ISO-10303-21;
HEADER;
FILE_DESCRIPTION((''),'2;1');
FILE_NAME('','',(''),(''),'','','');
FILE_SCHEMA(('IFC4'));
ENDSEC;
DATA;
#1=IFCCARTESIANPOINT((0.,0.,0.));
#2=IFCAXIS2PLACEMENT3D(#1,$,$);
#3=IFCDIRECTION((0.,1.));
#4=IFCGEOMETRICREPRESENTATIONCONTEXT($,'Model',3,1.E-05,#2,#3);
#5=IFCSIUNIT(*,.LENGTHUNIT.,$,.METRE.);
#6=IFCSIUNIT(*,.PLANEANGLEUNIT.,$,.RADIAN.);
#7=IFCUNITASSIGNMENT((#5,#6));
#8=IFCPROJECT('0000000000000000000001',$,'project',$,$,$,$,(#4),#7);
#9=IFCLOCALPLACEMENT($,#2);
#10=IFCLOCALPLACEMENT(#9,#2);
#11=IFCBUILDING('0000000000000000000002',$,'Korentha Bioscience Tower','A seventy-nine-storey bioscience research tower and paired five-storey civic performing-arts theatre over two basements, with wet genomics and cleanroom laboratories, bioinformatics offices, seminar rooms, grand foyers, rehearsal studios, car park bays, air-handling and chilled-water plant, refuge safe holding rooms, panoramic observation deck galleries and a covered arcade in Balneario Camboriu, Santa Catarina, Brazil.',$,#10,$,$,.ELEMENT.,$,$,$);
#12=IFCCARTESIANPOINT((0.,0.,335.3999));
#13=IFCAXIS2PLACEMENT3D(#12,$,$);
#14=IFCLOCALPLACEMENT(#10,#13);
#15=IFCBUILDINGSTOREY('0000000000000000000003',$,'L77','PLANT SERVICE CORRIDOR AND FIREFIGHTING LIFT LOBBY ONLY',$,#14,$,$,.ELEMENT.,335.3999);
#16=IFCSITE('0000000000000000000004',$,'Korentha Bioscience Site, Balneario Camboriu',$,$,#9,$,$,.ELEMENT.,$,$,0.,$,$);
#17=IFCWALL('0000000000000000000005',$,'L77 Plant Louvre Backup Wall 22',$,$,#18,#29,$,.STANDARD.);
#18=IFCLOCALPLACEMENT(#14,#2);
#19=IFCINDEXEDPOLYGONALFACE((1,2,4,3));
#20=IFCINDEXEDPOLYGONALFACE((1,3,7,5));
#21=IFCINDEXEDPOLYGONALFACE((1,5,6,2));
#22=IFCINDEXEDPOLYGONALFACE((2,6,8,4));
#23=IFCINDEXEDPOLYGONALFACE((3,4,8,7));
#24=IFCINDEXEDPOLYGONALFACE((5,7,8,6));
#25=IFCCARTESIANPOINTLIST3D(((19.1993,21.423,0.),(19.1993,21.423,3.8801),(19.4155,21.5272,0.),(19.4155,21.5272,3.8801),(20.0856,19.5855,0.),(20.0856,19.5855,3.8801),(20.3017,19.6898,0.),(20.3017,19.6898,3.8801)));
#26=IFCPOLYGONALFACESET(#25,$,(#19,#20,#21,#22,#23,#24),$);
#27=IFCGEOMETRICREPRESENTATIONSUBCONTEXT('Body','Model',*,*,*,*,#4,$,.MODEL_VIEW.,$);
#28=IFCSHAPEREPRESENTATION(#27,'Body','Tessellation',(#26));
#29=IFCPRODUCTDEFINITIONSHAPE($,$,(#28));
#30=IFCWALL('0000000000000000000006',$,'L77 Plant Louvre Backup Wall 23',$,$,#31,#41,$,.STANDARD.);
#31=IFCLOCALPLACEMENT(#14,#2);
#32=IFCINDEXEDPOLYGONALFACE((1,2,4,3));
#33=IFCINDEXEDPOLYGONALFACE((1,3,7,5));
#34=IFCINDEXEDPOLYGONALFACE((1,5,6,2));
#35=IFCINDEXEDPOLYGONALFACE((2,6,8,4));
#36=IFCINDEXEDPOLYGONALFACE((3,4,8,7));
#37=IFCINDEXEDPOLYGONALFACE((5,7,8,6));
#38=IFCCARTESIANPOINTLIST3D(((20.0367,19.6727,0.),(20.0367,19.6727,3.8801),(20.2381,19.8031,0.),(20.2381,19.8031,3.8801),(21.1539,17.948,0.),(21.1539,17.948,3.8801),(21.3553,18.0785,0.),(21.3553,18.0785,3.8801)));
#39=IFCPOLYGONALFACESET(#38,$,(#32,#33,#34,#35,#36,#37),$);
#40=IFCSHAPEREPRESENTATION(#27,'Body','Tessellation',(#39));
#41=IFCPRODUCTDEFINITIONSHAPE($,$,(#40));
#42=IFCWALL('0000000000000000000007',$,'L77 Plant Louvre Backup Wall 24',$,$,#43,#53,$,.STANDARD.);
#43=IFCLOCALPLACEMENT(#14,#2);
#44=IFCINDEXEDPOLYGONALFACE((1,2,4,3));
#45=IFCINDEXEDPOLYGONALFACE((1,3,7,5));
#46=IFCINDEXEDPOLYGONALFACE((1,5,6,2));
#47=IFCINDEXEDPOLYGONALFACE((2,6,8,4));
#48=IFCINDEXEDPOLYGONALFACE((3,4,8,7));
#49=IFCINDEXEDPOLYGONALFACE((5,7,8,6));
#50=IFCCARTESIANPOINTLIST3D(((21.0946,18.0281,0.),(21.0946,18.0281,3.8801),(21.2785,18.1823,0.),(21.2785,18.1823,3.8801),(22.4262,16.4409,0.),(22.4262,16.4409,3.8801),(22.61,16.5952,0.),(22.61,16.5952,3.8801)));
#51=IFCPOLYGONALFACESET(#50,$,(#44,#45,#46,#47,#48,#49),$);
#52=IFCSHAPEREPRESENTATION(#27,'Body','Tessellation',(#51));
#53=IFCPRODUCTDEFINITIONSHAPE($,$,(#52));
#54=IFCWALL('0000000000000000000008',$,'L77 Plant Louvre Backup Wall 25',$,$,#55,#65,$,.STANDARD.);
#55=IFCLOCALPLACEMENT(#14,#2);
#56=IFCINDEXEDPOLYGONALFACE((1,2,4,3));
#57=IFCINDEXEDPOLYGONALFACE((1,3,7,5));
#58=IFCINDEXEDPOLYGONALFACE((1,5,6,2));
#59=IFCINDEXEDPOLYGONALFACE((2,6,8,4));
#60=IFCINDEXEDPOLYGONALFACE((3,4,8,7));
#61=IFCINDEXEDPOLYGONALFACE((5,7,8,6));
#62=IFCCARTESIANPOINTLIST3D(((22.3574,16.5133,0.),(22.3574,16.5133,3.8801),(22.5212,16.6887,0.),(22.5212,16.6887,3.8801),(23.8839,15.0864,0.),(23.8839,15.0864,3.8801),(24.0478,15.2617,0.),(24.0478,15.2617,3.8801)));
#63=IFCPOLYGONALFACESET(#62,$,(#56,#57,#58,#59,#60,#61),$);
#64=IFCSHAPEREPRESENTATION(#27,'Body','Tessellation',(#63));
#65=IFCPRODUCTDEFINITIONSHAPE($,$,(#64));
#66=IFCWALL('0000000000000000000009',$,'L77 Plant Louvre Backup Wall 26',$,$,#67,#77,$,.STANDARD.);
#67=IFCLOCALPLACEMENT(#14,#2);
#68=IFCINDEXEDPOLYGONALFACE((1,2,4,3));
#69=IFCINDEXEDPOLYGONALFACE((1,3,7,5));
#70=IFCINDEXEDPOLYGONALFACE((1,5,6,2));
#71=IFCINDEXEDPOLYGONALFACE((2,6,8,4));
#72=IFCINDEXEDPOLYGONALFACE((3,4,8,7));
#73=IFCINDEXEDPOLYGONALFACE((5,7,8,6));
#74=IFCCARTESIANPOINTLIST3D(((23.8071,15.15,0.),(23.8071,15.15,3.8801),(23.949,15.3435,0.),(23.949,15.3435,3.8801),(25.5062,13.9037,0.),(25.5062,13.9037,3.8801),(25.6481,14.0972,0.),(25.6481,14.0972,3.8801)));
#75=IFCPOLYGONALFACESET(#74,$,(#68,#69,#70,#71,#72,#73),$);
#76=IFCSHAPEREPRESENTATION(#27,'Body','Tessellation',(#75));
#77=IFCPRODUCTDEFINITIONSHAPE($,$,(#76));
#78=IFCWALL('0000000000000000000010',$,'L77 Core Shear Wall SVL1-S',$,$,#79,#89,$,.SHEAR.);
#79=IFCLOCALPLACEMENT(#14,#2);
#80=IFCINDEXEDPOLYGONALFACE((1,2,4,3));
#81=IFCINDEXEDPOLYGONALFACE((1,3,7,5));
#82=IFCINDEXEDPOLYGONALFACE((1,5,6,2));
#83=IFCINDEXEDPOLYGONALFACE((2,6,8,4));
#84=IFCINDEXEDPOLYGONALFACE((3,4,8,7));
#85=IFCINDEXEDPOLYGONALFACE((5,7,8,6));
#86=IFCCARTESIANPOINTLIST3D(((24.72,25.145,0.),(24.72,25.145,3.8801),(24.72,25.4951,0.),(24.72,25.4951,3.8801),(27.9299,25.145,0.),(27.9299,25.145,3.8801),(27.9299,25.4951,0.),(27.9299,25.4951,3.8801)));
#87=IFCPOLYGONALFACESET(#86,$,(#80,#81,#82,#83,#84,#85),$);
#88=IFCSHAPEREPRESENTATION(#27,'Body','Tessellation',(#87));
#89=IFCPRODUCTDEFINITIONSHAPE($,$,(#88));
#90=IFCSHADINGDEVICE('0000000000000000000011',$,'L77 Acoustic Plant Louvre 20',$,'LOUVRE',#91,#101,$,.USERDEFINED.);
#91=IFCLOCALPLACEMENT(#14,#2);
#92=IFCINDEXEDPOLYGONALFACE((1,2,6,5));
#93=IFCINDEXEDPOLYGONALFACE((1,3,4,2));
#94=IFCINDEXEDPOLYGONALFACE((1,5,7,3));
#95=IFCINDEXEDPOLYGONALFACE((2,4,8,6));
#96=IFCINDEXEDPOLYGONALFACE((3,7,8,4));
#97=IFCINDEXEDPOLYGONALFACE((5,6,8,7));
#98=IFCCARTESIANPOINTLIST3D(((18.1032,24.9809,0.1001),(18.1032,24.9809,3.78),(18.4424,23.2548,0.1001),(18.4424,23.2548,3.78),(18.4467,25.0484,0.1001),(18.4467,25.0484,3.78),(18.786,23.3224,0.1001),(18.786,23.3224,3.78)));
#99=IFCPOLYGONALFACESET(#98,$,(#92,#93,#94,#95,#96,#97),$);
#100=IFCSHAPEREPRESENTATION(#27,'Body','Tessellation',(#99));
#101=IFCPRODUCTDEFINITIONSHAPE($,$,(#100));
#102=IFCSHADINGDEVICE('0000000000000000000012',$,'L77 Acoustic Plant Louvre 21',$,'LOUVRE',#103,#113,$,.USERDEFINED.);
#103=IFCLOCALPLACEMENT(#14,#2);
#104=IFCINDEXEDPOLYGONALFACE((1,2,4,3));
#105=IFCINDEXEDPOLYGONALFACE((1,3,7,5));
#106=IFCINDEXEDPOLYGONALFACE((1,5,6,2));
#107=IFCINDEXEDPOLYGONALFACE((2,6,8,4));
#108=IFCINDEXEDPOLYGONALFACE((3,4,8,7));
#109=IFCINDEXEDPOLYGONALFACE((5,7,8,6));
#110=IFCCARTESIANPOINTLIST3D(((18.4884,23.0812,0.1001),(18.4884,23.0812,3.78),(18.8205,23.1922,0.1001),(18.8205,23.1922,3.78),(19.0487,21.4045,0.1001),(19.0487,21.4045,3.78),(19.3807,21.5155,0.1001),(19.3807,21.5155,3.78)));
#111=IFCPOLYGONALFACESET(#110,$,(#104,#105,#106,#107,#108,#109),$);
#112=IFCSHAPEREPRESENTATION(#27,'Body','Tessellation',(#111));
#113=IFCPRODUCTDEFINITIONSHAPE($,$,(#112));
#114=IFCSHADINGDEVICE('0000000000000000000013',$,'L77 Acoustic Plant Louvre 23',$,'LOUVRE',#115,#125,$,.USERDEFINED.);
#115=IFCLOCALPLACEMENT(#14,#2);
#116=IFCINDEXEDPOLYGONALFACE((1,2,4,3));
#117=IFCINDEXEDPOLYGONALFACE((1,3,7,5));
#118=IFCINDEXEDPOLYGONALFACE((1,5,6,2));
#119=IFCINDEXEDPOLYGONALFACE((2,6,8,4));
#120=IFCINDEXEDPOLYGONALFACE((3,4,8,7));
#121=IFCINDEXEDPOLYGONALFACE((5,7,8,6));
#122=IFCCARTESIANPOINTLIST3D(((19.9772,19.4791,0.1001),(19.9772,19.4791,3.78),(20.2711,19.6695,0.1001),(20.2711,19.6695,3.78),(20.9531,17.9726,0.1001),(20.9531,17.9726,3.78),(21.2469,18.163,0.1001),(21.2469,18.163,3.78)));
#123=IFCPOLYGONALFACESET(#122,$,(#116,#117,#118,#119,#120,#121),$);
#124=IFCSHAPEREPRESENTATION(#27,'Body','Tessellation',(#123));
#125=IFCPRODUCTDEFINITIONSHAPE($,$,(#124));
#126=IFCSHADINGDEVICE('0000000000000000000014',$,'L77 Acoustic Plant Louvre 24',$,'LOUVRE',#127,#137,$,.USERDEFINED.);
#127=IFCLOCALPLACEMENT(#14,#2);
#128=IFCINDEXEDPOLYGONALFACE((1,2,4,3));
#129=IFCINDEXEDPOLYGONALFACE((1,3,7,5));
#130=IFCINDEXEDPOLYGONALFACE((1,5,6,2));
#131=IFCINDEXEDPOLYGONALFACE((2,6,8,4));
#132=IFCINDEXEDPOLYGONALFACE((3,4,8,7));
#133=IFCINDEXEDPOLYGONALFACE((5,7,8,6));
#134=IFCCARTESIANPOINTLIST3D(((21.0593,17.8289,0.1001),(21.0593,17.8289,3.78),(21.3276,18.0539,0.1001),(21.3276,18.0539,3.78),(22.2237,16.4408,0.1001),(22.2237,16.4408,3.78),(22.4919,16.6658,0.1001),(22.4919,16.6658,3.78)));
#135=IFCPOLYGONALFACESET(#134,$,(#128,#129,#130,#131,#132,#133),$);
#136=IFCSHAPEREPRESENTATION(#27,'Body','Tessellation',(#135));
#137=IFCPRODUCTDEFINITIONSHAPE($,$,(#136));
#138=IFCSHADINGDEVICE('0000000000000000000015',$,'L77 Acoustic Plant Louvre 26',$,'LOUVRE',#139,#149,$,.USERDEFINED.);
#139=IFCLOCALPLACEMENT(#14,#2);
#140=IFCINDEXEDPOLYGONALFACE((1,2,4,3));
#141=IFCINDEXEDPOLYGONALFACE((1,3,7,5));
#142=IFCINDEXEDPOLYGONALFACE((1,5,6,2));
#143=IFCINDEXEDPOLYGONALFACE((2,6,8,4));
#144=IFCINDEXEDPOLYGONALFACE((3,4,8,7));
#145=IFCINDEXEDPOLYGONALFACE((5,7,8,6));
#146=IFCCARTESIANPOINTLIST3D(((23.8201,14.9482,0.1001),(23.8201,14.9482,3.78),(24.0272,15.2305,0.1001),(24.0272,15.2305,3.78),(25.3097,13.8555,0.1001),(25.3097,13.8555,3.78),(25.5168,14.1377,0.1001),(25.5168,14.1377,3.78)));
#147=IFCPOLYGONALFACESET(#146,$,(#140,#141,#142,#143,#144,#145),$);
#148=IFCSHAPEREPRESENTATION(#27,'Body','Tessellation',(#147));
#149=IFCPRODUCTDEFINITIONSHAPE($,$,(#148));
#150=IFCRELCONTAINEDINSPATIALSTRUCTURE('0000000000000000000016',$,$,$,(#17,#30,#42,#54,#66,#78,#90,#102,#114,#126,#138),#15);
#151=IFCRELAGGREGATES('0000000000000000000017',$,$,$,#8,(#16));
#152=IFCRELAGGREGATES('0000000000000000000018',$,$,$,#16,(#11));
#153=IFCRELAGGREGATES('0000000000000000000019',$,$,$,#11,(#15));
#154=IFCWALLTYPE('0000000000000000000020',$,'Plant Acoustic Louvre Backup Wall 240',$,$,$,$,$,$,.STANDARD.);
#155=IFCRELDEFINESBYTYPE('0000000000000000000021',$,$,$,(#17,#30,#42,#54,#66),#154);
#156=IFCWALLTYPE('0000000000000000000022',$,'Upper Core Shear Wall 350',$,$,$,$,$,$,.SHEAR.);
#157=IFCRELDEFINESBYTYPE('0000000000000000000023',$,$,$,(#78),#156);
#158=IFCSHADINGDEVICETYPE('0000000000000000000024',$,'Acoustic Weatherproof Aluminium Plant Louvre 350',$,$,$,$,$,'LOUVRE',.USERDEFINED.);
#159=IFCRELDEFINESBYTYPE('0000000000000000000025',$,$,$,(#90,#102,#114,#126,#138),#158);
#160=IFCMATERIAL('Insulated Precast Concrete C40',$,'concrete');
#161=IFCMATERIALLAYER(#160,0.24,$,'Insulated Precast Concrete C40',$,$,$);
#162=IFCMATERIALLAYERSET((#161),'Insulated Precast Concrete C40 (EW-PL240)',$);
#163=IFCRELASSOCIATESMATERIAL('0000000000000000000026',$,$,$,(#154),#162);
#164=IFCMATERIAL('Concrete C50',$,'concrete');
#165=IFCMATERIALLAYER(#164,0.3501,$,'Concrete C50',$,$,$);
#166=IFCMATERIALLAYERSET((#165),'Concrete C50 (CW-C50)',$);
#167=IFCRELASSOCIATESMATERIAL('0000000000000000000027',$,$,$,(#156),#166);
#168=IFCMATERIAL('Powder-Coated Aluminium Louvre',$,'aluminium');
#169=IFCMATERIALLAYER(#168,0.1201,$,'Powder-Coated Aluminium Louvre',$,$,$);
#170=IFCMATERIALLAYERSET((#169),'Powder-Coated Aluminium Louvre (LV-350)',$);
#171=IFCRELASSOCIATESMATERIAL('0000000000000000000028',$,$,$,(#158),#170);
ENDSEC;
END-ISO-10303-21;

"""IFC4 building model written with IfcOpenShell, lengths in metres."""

from ifc_helpers import new_model, si_unit, direction, frame, frame_2d, origin, origin_2d, place, context, subcontext, project, spatial, rectangle, extrude, material, layer, layer_set, type_object, element, save


model = new_model("IFC4")

# Units and contexts
model_context = context("Model", 3, precision=1e-05, world=origin(), true_north=direction((0.0, 1.0)))
body_context = subcontext(model_context, "Body", "Model", "MODEL_VIEW")
ifc_project = project(units=[si_unit("LENGTHUNIT", "METRE"), si_unit("PLANEANGLEUNIT", "RADIAN")], contexts=[model_context])

# Site, building, storey
site_placement = place(None, origin())
site = spatial("IfcSite", under=ifc_project, at=site_placement, Name="Korentha Bioscience Site, Balneario Camboriu", CompositionType="ELEMENT", RefElevation=0.0)
building_placement = place(site_placement, origin())
building = spatial("IfcBuilding", under=site, at=building_placement, Name="Korentha Bioscience Tower", Description="A seventy-nine-storey bioscience research tower and paired five-storey civic performing-arts theatre over two basements, with wet genomics and cleanroom laboratories, bioinformatics offices, seminar rooms, grand foyers, rehearsal studios, car park bays, air-handling and chilled-water plant, refuge safe holding rooms, panoramic observation deck galleries and a covered arcade in Balneario Camboriu, Santa Catarina, Brazil.", CompositionType="ELEMENT")
storey_placement = place(building_placement, frame((0.0, 0.0, 335.3999)))
storey = spatial("IfcBuildingStorey", under=building, at=storey_placement, Name="L77", Description="PLANT SERVICE CORRIDOR AND FIREFIGHTING LIFT LOBBY ONLY", CompositionType="ELEMENT", Elevation=335.3999)

# Shared definitions
ifc_material_1 = material(Name="Concrete C50", Category="concrete")

# Walls
ifc_material_2 = material(Name="Insulated Precast Concrete C40", Category="concrete")
ifc_layer_1 = layer(ifc_material_2, 0.24, Name="Insulated Precast Concrete C40")
ifc_layer_set_1 = layer_set([ifc_layer_1], Name="Insulated Precast Concrete C40 (EW-PL240)")
wall_type_1 = type_object("IfcWallType", Name="Plant Acoustic Louvre Backup Wall 240", PredefinedType="STANDARD", material=ifc_layer_set_1)
wall_1_placement = place(storey_placement, frame((19.3074, 21.4751, 0.0), z_axis=(0.0, 0.0, 1.0), x_axis=(0.434434, -0.900703, 0.0)))
element("IfcWall", 1, at=wall_1_placement, inside=storey, type_object=wall_type_1, Name="L77 Plant Louvre Backup Wall 22", PredefinedType="STANDARD", context=body_context, shape_type="SweptSolid", body=[
    extrude(rectangle(XDim=2.04, YDim=0.24, at=frame_2d((1.02, 0.0))), origin(), (0.0, 0.0, 1.0), 3.8801),
])
wall_2_placement = place(storey_placement, frame((20.1375, 19.7378, 0.0), z_axis=(0.0, 0.0, 1.0), x_axis=(0.543685, -0.83929, 0.0)))
element("IfcWall", 2, at=wall_2_placement, inside=storey, type_object=wall_type_1, Name="L77 Plant Louvre Backup Wall 23", PredefinedType="STANDARD", context=body_context, shape_type="SweptSolid", body=[
    extrude(rectangle(XDim=2.0549, YDim=0.24, at=frame_2d((1.0273, 0.0))), origin(), (0.0, 0.0, 1.0), 3.8801),
])
wall_3_placement = place(storey_placement, frame((21.1865, 18.1052, 0.0), z_axis=(0.0, 0.0, 1.0), x_axis=(0.642719, -0.766102, 0.0)))
element("IfcWall", 3, at=wall_3_placement, inside=storey, type_object=wall_type_1, Name="L77 Plant Louvre Backup Wall 24", PredefinedType="STANDARD", context=body_context, shape_type="SweptSolid", body=[
    extrude(rectangle(XDim=2.0718, YDim=0.24, at=frame_2d((1.0359, 0.0))), origin(), (0.0, 0.0, 1.0), 3.8801),
])
wall_4_placement = place(storey_placement, frame((22.4392, 16.6011, 0.0), z_axis=(0.0, 0.0, 1.0), x_axis=(0.730538, -0.682872, 0.0)))
element("IfcWall", 4, at=wall_4_placement, inside=storey, type_object=wall_type_1, Name="L77 Plant Louvre Backup Wall 25", PredefinedType="STANDARD", context=body_context, shape_type="SweptSolid", body=[
    extrude(rectangle(XDim=2.0896, YDim=0.24, at=frame_2d((1.0449, 0.0))), origin(), (0.0, 0.0, 1.0), 3.8801),
])
wall_5_placement = place(storey_placement, frame((23.8779, 15.2468, 0.0), z_axis=(0.0, 0.0, 1.0), x_axis=(0.80635, -0.591439, 0.0)))
element("IfcWall", 5, at=wall_5_placement, inside=storey, type_object=wall_type_1, Name="L77 Plant Louvre Backup Wall 26", PredefinedType="STANDARD", context=body_context, shape_type="SweptSolid", body=[
    extrude(rectangle(XDim=2.1072, YDim=0.24, at=frame_2d((1.0537, 0.0))), origin(), (0.0, 0.0, 1.0), 3.8801),
])
ifc_layer_2 = layer(ifc_material_1, 0.3501, Name="Concrete C50")
ifc_layer_set_2 = layer_set([ifc_layer_2], Name="Concrete C50 (CW-C50)")
wall_type_2 = type_object("IfcWallType", Name="Upper Core Shear Wall 350", PredefinedType="SHEAR", material=ifc_layer_set_2)
wall_6_placement = place(storey_placement, frame((24.72, 25.3201, 0.0), z_axis=(0.0, 0.0, 1.0), x_axis=(1.0, 0.0, 0.0)))
element("IfcWall", 6, at=wall_6_placement, inside=storey, type_object=wall_type_2, Name="L77 Core Shear Wall SVL1-S", PredefinedType="SHEAR", context=body_context, shape_type="SweptSolid", body=[
    extrude(rectangle(XDim=3.21, YDim=0.3501, at=frame_2d((1.605, 0.0))), origin(), (0.0, 0.0, 1.0), 3.8801),
])

# Shading devices
ifc_material_3 = material(Name="Powder-Coated Aluminium Louvre", Category="aluminium")
ifc_layer_3 = layer(ifc_material_3, 0.1201, Name="Powder-Coated Aluminium Louvre")
ifc_layer_set_3 = layer_set([ifc_layer_3], Name="Powder-Coated Aluminium Louvre (LV-350)")
shading_device_type = type_object("IfcShadingDeviceType", Name="Acoustic Weatherproof Aluminium Plant Louvre 350", ElementType="LOUVRE", PredefinedType="USERDEFINED", material=ifc_layer_set_3)
shading_device_1_placement = place(storey_placement, frame((18.4446, 24.1516, 0.1001), z_axis=(0.0, 0.0, 1.0), x_axis=(0.192848, -0.981229, 0.0)))
element("IfcShadingDevice", 7, at=shading_device_1_placement, inside=storey, type_object=shading_device_type, Name="L77 Acoustic Plant Louvre 20", ObjectType="LOUVRE", PredefinedType="USERDEFINED", context=body_context, shape_type="SweptSolid", body=[
    extrude(rectangle(XDim=1.759, YDim=0.3501, at=origin_2d()), origin(), (0.0, 0.0, 1.0), 3.6799),
])
shading_device_2_placement = place(storey_placement, frame((18.9346, 22.2983, 0.1001), z_axis=(0.0, 0.0, 1.0), x_axis=(0.316897, -0.94846, 0.0)))
element("IfcShadingDevice", 8, at=shading_device_2_placement, inside=storey, type_object=shading_device_type, Name="L77 Acoustic Plant Louvre 21", ObjectType="LOUVRE", PredefinedType="USERDEFINED", context=body_context, shape_type="SweptSolid", body=[
    extrude(rectangle(XDim=1.7678, YDim=0.3501, at=origin_2d()), origin(), (0.0, 0.0, 1.0), 3.6799),
])
shading_device_3_placement = place(storey_placement, frame((20.6121, 18.821, 0.1001), z_axis=(0.0, 0.0, 1.0), x_axis=(0.543673, -0.839297, 0.0)))
element("IfcShadingDevice", 9, at=shading_device_3_placement, inside=storey, type_object=shading_device_type, Name="L77 Acoustic Plant Louvre 23", ObjectType="LOUVRE", PredefinedType="USERDEFINED", context=body_context, shape_type="SweptSolid", body=[
    extrude(rectangle(XDim=1.7949, YDim=0.3501, at=origin_2d()), origin(), (0.0, 0.0, 1.0), 3.6799),
])
shading_device_4_placement = place(storey_placement, frame((21.7756, 17.2473, 0.1001), z_axis=(0.0, 0.0, 1.0), x_axis=(0.64266, -0.766151, 0.0)))
element("IfcShadingDevice", 10, at=shading_device_4_placement, inside=storey, type_object=shading_device_type, Name="L77 Acoustic Plant Louvre 24", ObjectType="LOUVRE", PredefinedType="USERDEFINED", context=body_context, shape_type="SweptSolid", body=[
    extrude(rectangle(XDim=1.8118, YDim=0.3501, at=origin_2d()), origin(), (0.0, 0.0, 1.0), 3.6799),
])
shading_device_5_placement = place(storey_placement, frame((24.6685, 14.543, 0.1001), z_axis=(0.0, 0.0, 1.0), x_axis=(0.80631, -0.591493, 0.0)))
element("IfcShadingDevice", 11, at=shading_device_5_placement, inside=storey, type_object=shading_device_type, Name="L77 Acoustic Plant Louvre 26", ObjectType="LOUVRE", PredefinedType="USERDEFINED", context=body_context, shape_type="SweptSolid", body=[
    extrude(rectangle(XDim=1.8474, YDim=0.3501, at=origin_2d()), origin(), (0.0, 0.0, 1.0), 3.6799),
])

save(model, "model.ifc")
